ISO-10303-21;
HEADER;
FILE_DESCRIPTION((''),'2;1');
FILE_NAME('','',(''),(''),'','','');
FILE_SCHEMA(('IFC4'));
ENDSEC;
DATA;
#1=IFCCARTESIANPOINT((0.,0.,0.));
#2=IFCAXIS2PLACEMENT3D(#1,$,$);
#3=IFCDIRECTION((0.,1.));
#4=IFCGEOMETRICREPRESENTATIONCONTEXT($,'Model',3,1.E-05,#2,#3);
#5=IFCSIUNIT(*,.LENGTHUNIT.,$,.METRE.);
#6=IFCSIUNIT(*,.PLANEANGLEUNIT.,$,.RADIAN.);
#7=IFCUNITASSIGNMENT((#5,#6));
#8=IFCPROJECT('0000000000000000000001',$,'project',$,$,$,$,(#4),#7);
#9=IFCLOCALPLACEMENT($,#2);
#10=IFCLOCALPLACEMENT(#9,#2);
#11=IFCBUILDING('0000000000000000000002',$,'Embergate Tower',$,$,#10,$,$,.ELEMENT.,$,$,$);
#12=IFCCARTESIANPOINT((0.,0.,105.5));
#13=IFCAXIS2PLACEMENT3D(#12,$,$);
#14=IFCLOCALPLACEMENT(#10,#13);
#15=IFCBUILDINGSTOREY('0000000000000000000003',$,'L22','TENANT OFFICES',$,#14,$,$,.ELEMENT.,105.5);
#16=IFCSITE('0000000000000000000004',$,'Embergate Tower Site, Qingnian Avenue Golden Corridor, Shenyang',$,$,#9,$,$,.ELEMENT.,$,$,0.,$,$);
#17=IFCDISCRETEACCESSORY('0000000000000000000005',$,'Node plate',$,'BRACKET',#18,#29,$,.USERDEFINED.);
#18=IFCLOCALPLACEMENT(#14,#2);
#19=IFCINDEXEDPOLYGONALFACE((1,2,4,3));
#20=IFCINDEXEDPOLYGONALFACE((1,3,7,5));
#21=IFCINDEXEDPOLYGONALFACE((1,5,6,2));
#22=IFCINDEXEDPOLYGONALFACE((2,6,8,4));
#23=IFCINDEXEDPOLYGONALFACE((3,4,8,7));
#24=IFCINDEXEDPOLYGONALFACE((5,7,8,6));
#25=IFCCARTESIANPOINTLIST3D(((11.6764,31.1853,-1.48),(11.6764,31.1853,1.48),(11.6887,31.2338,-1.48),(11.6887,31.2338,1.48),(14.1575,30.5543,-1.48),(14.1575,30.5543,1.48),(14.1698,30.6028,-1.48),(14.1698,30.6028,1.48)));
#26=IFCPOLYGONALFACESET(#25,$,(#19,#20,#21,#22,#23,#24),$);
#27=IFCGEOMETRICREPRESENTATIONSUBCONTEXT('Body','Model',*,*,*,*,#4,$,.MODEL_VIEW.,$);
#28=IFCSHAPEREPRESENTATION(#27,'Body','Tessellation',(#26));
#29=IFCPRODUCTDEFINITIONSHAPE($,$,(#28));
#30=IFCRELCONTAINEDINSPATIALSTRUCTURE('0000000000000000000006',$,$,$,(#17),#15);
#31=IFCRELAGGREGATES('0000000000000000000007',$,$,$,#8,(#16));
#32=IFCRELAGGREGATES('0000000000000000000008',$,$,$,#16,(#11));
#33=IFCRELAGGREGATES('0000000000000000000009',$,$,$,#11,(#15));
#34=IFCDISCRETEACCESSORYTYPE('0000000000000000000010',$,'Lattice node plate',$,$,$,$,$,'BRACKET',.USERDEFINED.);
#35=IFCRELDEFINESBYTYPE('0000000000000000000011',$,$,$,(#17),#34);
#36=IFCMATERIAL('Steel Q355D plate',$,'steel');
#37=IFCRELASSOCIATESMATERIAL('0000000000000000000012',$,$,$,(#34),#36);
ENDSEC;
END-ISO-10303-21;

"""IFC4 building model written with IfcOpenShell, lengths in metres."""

from ifc_helpers import new_model, si_unit, direction, frame, origin, origin_2d, place, context, subcontext, project, spatial, rectangle, extrude, source, transform, mapped, material, type_object, element, save


model = new_model("IFC4")

# Units and contexts
model_context = context("Model", 3, precision=1e-05, world=origin(), true_north=direction((0.0, 1.0)))
body_context = subcontext(model_context, "Body", "Model", "MODEL_VIEW")
ifc_project = project(units=[si_unit("LENGTHUNIT", "METRE"), si_unit("PLANEANGLEUNIT", "RADIAN")], contexts=[model_context])

# Site, building, storey
site_placement = place(None, origin())
site = spatial("IfcSite", under=ifc_project, at=site_placement, Name="Embergate Tower Site, Qingnian Avenue Golden Corridor, Shenyang", CompositionType="ELEMENT", RefElevation=0.0)
building_placement = place(site_placement, origin())
building = spatial("IfcBuilding", under=site, at=building_placement, Name="Embergate Tower", CompositionType="ELEMENT")
storey_placement = place(building_placement, frame((0.0, 0.0, 105.5)))
storey = spatial("IfcBuildingStorey", under=building, at=storey_placement, Name="L22", Description="TENANT OFFICES", CompositionType="ELEMENT", Elevation=105.5)

# Discrete accessory
ifc_material_1 = material(Name="Steel Q355D plate", Category="steel")
discrete_accessory_type = type_object("IfcDiscreteAccessoryType", Name="Lattice node plate", ElementType="BRACKET", PredefinedType="USERDEFINED", material=ifc_material_1)
shared_shape_1 = source(origin(), body_context, "Body", "SweptSolid", [
    extrude(rectangle(XDim=2.5601, YDim=0.05, at=origin_2d()), origin(), (0.0, 0.0, 1.0), 2.96),
])
discrete_accessory_placement = place(storey_placement, frame((12.9231, 30.894, -1.48), z_axis=(0.0, 0.0, 1.0), x_axis=(-0.969141, 0.246509, 0.0)))
element("IfcDiscreteAccessory", 1, at=discrete_accessory_placement, inside=storey, type_object=discrete_accessory_type, Name="Node plate", ObjectType="BRACKET", PredefinedType="USERDEFINED", context=body_context, shape_type="MappedRepresentation", body=[
    mapped(shared_shape_1, transform((0.0, 0.0, 0.0))),
])

save(model, "model.ifc")
